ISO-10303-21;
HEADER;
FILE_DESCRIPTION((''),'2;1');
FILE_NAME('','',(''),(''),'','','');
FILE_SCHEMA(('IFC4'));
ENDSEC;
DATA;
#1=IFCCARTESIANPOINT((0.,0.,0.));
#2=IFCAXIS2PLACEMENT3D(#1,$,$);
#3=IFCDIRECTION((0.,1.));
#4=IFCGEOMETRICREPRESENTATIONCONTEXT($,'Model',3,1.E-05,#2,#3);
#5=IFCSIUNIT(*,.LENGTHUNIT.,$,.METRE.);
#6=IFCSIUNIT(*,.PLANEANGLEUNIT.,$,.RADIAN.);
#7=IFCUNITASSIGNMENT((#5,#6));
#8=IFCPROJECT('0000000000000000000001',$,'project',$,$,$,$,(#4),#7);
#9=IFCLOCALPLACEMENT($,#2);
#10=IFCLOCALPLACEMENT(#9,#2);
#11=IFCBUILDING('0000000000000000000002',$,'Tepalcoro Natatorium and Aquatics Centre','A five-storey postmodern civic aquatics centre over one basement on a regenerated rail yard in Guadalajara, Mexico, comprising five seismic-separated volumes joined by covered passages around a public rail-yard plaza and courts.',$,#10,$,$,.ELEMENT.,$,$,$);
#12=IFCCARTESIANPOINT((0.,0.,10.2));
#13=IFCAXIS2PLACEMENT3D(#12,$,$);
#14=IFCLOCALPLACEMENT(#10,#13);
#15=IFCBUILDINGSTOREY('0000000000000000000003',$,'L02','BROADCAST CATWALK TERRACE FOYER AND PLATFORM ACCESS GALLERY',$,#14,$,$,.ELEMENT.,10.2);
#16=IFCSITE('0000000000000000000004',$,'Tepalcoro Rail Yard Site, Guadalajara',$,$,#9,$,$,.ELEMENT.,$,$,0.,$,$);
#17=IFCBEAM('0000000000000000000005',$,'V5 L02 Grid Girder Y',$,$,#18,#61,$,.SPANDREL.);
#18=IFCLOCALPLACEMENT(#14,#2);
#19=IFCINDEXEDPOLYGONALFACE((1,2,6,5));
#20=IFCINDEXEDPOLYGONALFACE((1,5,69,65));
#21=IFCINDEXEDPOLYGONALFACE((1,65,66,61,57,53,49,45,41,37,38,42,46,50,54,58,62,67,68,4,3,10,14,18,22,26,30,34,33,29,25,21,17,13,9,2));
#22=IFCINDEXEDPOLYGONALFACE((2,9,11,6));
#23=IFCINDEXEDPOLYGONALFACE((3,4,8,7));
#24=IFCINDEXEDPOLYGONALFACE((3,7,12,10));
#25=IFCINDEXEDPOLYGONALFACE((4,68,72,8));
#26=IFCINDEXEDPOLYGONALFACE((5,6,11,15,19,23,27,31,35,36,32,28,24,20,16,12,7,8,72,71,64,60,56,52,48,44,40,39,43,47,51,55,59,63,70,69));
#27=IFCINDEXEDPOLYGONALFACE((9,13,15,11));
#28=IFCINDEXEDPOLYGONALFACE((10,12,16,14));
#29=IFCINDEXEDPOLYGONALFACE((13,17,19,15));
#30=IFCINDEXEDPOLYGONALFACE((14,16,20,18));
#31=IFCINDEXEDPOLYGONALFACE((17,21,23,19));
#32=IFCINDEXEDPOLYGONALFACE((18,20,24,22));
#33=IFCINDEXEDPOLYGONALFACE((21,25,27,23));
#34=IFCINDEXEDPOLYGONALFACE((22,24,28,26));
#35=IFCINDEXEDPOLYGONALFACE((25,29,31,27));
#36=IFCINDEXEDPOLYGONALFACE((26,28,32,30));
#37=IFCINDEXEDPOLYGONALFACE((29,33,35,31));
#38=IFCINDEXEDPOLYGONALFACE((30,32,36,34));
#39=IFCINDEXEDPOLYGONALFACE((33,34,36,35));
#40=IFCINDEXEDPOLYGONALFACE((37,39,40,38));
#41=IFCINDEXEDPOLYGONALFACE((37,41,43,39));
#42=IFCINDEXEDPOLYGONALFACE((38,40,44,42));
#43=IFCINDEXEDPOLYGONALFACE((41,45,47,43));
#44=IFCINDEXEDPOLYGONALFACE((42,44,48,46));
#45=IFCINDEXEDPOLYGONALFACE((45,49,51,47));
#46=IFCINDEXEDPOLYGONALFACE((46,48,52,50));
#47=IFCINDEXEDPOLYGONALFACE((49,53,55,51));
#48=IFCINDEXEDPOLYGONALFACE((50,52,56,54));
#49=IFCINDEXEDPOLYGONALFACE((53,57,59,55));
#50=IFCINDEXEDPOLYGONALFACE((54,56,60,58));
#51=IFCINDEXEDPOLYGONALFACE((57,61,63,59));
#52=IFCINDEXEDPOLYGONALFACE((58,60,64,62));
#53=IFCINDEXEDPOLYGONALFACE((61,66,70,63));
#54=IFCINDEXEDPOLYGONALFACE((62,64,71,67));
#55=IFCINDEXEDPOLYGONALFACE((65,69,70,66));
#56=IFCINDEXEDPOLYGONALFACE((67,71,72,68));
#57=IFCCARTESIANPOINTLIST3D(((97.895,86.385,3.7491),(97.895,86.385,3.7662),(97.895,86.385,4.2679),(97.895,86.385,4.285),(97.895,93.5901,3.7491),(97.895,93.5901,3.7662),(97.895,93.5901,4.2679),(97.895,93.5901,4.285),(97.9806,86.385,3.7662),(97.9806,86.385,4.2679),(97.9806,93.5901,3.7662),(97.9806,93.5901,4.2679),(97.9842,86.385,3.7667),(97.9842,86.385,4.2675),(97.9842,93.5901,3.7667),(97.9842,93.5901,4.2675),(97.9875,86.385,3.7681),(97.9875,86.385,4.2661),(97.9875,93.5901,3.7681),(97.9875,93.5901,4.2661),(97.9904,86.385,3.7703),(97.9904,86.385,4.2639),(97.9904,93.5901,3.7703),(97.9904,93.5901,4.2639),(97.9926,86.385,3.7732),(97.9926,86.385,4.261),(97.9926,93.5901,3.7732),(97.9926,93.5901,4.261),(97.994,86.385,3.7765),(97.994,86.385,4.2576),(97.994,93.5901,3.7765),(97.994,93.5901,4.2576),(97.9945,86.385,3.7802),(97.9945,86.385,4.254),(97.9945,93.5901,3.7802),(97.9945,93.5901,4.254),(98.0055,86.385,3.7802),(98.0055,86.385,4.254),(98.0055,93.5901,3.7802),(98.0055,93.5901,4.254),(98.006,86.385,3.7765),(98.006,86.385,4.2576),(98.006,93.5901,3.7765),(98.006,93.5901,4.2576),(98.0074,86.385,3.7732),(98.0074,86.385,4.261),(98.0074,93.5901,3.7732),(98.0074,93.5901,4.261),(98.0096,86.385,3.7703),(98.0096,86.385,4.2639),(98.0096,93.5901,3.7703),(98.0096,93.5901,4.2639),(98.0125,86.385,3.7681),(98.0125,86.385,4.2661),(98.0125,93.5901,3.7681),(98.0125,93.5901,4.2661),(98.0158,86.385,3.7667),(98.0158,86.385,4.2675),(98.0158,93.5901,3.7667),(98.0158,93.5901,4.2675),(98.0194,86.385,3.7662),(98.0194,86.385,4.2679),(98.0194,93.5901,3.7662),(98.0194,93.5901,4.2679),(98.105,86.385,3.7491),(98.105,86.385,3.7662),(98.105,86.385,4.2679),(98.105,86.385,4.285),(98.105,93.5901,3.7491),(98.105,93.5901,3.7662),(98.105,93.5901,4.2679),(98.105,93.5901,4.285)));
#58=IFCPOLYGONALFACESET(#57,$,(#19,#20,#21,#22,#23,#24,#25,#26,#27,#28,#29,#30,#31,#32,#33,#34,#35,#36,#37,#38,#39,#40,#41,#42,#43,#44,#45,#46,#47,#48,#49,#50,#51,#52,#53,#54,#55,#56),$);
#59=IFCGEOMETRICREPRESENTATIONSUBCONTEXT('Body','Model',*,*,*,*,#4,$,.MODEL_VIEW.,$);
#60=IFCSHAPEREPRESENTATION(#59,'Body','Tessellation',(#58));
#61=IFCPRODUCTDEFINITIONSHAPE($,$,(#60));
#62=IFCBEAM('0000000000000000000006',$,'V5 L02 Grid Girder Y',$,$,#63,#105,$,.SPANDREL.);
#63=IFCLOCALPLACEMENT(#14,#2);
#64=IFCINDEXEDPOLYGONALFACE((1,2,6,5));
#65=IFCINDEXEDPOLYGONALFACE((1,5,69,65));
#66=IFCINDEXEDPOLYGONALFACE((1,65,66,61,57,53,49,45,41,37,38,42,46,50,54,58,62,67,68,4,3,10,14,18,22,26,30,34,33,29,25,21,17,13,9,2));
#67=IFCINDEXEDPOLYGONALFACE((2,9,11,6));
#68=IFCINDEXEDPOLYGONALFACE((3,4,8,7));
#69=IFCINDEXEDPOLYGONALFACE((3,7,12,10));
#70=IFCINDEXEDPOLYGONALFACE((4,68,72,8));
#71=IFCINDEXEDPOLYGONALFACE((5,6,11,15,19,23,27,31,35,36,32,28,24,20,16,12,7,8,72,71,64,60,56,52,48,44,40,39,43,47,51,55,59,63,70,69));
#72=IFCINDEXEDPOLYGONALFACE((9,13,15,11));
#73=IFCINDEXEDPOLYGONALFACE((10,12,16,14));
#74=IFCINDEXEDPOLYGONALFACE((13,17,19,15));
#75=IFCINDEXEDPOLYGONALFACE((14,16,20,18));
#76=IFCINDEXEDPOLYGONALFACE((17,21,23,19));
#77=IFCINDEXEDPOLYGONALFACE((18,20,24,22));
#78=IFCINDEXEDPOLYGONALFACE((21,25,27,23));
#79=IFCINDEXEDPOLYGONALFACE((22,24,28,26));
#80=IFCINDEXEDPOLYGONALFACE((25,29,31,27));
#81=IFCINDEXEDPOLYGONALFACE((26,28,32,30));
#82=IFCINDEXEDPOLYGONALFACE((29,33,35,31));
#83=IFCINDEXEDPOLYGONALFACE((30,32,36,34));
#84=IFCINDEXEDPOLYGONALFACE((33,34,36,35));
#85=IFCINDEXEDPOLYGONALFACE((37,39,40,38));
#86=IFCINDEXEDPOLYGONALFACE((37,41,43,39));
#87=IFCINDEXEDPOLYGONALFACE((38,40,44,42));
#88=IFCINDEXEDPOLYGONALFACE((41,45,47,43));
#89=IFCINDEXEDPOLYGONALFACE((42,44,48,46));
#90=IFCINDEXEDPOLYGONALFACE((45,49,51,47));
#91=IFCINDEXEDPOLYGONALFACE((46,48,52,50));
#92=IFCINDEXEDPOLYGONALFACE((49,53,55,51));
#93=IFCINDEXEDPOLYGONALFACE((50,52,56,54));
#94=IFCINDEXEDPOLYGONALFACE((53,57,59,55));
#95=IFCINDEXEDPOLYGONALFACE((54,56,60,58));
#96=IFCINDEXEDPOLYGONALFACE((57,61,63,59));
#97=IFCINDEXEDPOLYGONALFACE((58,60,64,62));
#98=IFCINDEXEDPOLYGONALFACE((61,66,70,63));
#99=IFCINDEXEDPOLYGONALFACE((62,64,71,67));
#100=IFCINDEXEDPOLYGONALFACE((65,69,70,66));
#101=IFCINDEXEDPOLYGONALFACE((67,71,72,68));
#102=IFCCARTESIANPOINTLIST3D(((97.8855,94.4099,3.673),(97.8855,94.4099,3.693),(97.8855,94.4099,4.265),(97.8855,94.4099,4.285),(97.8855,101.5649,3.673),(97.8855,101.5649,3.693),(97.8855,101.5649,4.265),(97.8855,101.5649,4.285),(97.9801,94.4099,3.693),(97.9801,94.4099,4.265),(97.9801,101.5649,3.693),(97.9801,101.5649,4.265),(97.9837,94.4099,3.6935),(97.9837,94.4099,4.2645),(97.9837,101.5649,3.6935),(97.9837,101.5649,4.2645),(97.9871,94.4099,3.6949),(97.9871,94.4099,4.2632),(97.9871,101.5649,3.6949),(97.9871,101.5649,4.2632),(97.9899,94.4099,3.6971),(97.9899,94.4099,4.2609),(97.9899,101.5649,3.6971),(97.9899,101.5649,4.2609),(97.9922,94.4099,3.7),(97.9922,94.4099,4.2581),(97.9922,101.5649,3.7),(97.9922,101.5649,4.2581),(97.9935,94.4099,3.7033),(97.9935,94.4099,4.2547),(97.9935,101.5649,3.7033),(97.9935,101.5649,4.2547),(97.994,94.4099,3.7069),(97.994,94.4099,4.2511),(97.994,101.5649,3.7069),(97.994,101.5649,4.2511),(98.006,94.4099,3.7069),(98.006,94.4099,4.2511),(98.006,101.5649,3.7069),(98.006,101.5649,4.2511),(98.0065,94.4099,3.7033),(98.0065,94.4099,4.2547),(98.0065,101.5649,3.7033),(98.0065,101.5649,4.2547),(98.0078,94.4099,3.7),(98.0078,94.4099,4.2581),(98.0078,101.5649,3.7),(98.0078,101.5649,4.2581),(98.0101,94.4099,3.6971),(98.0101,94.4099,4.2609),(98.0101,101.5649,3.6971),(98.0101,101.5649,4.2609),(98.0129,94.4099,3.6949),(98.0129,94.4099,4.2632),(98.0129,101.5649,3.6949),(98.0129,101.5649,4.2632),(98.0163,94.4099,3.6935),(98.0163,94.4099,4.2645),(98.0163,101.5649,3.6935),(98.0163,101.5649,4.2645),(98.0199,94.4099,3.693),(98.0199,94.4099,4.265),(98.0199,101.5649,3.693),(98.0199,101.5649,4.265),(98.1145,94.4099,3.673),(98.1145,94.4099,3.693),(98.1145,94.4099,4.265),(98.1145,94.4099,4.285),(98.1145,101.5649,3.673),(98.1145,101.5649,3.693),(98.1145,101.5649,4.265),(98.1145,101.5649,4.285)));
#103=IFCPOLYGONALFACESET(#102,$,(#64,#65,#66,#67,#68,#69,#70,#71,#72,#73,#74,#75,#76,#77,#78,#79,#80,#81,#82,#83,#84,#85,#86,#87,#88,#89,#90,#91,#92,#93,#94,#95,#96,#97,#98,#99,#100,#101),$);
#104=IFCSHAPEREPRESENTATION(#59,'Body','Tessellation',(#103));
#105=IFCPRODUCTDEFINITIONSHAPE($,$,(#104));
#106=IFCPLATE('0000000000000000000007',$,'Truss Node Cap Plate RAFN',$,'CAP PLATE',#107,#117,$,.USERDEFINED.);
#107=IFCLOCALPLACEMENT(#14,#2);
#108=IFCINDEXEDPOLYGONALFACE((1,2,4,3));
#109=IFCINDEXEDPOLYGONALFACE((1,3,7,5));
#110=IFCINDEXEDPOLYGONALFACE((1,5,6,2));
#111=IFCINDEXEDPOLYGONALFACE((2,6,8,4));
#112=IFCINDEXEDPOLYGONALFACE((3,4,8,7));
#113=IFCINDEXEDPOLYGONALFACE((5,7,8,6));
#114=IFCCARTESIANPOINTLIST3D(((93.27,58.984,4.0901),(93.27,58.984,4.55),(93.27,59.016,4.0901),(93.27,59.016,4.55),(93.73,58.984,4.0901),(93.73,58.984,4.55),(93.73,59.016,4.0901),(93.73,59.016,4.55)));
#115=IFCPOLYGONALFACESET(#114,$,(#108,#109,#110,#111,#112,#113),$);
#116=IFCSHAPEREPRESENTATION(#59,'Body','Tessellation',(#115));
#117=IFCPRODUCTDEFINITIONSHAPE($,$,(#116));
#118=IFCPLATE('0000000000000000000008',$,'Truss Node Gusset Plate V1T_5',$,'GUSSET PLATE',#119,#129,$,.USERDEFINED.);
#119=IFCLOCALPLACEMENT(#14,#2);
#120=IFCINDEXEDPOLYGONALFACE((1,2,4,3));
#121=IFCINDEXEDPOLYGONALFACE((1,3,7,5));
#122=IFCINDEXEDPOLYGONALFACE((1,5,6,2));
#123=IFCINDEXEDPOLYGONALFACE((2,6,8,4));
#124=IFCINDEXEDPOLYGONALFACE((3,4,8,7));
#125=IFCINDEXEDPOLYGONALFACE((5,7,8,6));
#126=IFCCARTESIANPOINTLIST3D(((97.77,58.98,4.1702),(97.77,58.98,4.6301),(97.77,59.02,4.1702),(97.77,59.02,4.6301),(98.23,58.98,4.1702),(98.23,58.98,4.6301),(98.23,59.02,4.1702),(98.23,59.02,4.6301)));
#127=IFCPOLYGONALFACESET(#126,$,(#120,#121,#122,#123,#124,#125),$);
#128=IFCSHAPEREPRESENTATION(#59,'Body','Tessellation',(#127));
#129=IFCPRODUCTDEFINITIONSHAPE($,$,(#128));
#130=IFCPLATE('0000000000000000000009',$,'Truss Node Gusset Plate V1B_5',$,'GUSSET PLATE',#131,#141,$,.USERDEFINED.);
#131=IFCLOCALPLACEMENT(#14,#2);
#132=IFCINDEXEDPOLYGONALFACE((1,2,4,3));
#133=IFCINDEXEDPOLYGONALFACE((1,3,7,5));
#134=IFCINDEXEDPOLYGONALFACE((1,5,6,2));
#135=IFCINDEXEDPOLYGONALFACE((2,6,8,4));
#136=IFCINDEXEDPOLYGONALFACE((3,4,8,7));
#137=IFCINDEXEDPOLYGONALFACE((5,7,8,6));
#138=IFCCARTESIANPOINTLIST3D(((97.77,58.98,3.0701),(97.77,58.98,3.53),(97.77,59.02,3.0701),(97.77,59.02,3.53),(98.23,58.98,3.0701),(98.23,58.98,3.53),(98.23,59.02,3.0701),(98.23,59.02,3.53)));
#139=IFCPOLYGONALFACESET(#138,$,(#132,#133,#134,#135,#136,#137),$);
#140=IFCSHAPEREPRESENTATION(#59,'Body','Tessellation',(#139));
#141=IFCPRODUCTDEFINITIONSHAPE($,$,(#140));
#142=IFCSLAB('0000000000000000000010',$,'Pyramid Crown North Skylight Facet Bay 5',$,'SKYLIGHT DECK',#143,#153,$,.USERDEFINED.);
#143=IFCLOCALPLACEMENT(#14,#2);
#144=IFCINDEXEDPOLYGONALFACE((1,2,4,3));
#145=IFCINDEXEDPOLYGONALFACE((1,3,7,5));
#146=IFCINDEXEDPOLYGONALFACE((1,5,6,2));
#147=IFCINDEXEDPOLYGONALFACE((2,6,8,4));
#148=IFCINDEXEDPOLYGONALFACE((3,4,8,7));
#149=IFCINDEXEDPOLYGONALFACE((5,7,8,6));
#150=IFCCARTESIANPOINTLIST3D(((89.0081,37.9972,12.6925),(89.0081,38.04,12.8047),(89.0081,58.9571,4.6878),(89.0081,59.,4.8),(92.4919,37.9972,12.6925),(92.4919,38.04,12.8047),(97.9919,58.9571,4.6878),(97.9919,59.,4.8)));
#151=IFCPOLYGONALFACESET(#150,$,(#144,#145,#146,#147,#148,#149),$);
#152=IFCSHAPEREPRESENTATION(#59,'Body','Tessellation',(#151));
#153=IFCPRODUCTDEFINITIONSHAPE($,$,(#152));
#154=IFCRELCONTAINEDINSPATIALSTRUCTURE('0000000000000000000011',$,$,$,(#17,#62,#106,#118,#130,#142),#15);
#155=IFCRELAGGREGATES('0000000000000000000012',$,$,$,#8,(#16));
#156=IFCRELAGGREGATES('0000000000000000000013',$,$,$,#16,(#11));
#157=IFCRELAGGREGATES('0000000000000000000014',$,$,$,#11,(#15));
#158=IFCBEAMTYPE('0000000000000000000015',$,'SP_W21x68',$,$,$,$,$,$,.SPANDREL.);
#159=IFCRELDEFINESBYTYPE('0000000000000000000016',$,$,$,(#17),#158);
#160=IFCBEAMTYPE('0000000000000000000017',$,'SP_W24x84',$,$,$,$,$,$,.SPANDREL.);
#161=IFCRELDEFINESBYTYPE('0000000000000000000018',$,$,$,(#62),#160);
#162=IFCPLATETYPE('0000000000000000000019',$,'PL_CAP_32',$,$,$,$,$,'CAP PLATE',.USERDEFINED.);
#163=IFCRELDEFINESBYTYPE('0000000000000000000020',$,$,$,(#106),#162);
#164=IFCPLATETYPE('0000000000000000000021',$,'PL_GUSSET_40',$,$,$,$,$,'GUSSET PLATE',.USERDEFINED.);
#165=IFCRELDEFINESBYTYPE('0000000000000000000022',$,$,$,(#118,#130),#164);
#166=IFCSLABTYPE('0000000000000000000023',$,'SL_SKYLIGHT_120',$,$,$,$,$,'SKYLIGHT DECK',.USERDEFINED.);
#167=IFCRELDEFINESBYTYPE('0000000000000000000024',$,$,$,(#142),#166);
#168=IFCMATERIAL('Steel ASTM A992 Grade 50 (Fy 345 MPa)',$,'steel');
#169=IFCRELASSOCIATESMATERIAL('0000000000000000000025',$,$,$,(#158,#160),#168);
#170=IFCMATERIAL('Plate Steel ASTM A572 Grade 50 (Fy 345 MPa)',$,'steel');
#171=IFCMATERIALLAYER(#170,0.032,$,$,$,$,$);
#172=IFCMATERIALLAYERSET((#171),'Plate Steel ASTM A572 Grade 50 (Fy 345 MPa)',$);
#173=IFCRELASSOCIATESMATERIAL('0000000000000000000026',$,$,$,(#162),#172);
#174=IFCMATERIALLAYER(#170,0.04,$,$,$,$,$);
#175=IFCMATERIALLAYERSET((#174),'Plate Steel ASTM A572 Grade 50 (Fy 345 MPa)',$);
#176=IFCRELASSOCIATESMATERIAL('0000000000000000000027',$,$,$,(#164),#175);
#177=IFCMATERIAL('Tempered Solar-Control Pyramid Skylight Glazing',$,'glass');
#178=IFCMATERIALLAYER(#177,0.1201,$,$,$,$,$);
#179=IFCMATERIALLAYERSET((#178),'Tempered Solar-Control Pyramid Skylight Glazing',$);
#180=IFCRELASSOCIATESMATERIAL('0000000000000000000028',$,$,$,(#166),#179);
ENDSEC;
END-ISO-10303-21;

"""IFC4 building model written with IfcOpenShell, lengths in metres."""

from ifc_helpers import new_model, si_unit, direction, frame, origin, origin_2d, place, context, subcontext, project, spatial, polyline, rectangle, i_section, outline, extrude, material, layer, layer_set, material_profile, profile_set, type_object, element, save


model = new_model("IFC4")

# Units and contexts
model_context = context("Model", 3, precision=1e-05, world=origin(), true_north=direction((0.0, 1.0)))
body_context = subcontext(model_context, "Body", "Model", "MODEL_VIEW")
ifc_project = project(units=[si_unit("LENGTHUNIT", "METRE"), si_unit("PLANEANGLEUNIT", "RADIAN")], contexts=[model_context])

# Site, building, storey
site_placement = place(None, origin())
site = spatial("IfcSite", under=ifc_project, at=site_placement, Name="Tepalcoro Rail Yard Site, Guadalajara", CompositionType="ELEMENT", RefElevation=0.0)
building_placement = place(site_placement, origin())
building = spatial("IfcBuilding", under=site, at=building_placement, Name="Tepalcoro Natatorium and Aquatics Centre", Description="A five-storey postmodern civic aquatics centre over one basement on a regenerated rail yard in Guadalajara, Mexico, comprising five seismic-separated volumes joined by covered passages around a public rail-yard plaza and courts.", CompositionType="ELEMENT")
storey_placement = place(building_placement, frame((0.0, 0.0, 10.2)))
storey = spatial("IfcBuildingStorey", under=building, at=storey_placement, Name="L02", Description="BROADCAST CATWALK TERRACE FOYER AND PLATFORM ACCESS GALLERY", CompositionType="ELEMENT", Elevation=10.2)

# Shared definitions
ifc_material_1 = material(Name="Steel ASTM A992 Grade 50 (Fy 345 MPa)", Category="steel")

# Beams
ifc_material_profile_1 = material_profile(ifc_material_1, i_section(OverallWidth=0.21, OverallDepth=0.5359, WebThickness=0.011, FlangeThickness=0.0171, FilletRadius=0.0139, at=origin_2d()), Name="W21X68")
ifc_profile_set_1 = profile_set([ifc_material_profile_1], Name="Steel ASTM A992 Grade 50 (Fy 345 MPa)")
beam_type_1 = type_object("IfcBeamType", Name="SP_W21x68", PredefinedType="SPANDREL", material=ifc_profile_set_1)
beam_1_placement = place(storey_placement, frame((98.0, 86.385, 4.0171), z_axis=(0.0, 1.0, 0.0), x_axis=(-1.0, 0.0, 0.0)))
element("IfcBeam", 1, at=beam_1_placement, inside=storey, type_object=beam_type_1, Name="V5 L02 Grid Girder Y", PredefinedType="SPANDREL", context=body_context, shape_type="SweptSolid", body=[
    extrude(i_section(OverallWidth=0.21, OverallDepth=0.5359, WebThickness=0.011, FlangeThickness=0.0171, FilletRadius=0.0139, at=origin_2d()), origin(), (0.0, 0.0, 1.0), 7.2051),
])
ifc_material_profile_2 = material_profile(ifc_material_1, i_section(OverallWidth=0.229, OverallDepth=0.6121, WebThickness=0.012, FlangeThickness=0.02, FilletRadius=0.0139, at=origin_2d()), Name="W24X84")
ifc_profile_set_2 = profile_set([ifc_material_profile_2], Name="Steel ASTM A992 Grade 50 (Fy 345 MPa)")
beam_type_2 = type_object("IfcBeamType", Name="SP_W24x84", PredefinedType="SPANDREL", material=ifc_profile_set_2)
beam_2_placement = place(storey_placement, frame((98.0, 94.4099, 3.979), z_axis=(0.0, 1.0, 0.0), x_axis=(-1.0, 0.0, 0.0)))
element("IfcBeam", 2, at=beam_2_placement, inside=storey, type_object=beam_type_2, Name="V5 L02 Grid Girder Y", PredefinedType="SPANDREL", context=body_context, shape_type="SweptSolid", body=[
    extrude(i_section(OverallWidth=0.229, OverallDepth=0.6121, WebThickness=0.012, FlangeThickness=0.02, FilletRadius=0.0139, at=origin_2d()), origin(), (0.0, 0.0, 1.0), 7.155),
])

# Plates
ifc_material_2 = material(Name="Plate Steel ASTM A572 Grade 50 (Fy 345 MPa)", Category="steel")
ifc_layer_1 = layer(ifc_material_2, 0.032)
ifc_layer_set_1 = layer_set([ifc_layer_1], Name="Plate Steel ASTM A572 Grade 50 (Fy 345 MPa)")
plate_type_1 = type_object("IfcPlateType", Name="PL_CAP_32", ElementType="CAP PLATE", PredefinedType="USERDEFINED", material=ifc_layer_set_1)
plate_placement = place(storey_placement, frame((93.5, 59.0, 4.0901), z_axis=(0.0, 0.0, 1.0), x_axis=(1.0, 0.0, 0.0)))
element("IfcPlate", 3, at=plate_placement, inside=storey, type_object=plate_type_1, Name="Truss Node Cap Plate RAFN", ObjectType="CAP PLATE", PredefinedType="USERDEFINED", context=body_context, shape_type="SweptSolid", body=[
    extrude(rectangle(XDim=0.46, YDim=0.032, at=origin_2d()), origin(), (0.0, 0.0, 1.0), 0.46),
])
ifc_layer_2 = layer(ifc_material_2, 0.04)
ifc_layer_set_2 = layer_set([ifc_layer_2], Name="Plate Steel ASTM A572 Grade 50 (Fy 345 MPa)")
plate_type_2 = type_object("IfcPlateType", Name="PL_GUSSET_40", ElementType="GUSSET PLATE", PredefinedType="USERDEFINED", material=ifc_layer_set_2)
for number, where, z_axis, x_axis, name in (
    (4, (98.0, 59.0, 4.1702), (0.0, 0.0, 1.0), (1.0, 0.0, 0.0), "Truss Node Gusset Plate V1T_5"),
    (5, (98.0, 59.0, 3.0701), (0.0, 0.0, 1.0), (1.0, 0.0, 0.0), "Truss Node Gusset Plate V1B_5"),
):
    element("IfcPlate", number, at=place(storey_placement, frame(where, z_axis=z_axis, x_axis=x_axis)), inside=storey, type_object=plate_type_2, Name=name, ObjectType="GUSSET PLATE", PredefinedType="USERDEFINED", context=body_context, shape_type="SweptSolid", body=[
        extrude(rectangle(XDim=0.46, YDim=0.04, at=origin_2d()), origin(), (0.0, 0.0, 1.0), 0.46),
    ])

# Slab
ifc_material_3 = material(Name="Tempered Solar-Control Pyramid Skylight Glazing", Category="glass")
ifc_layer_3 = layer(ifc_material_3, 0.1201)
ifc_layer_set_3 = layer_set([ifc_layer_3], Name="Tempered Solar-Control Pyramid Skylight Glazing")
slab_type = type_object("IfcSlabType", Name="SL_SKYLIGHT_120", ElementType="SKYLIGHT DECK", PredefinedType="USERDEFINED", material=ifc_layer_set_3)
slab_placement = place(storey_placement, frame((97.9919, 59.0, 4.8), z_axis=(0.0, 0.356769, 0.934192), x_axis=(-1.0, 0.0, 0.0)))
element("IfcSlab", 6, at=slab_placement, inside=storey, type_object=slab_type, Name="Pyramid Crown North Skylight Facet Bay 5", ObjectType="SKYLIGHT DECK", PredefinedType="USERDEFINED", context=body_context, shape_type="SweptSolid", body=[
    extrude(outline(polyline([(0.0, 0.0), (8.9839, 0.0), (8.9839, 22.4364), (5.5, 22.4364), (0.0, 0.0)])), origin(), (0.0, 0.0, -1.0), 0.1201),
])

save(model, "model.ifc")
